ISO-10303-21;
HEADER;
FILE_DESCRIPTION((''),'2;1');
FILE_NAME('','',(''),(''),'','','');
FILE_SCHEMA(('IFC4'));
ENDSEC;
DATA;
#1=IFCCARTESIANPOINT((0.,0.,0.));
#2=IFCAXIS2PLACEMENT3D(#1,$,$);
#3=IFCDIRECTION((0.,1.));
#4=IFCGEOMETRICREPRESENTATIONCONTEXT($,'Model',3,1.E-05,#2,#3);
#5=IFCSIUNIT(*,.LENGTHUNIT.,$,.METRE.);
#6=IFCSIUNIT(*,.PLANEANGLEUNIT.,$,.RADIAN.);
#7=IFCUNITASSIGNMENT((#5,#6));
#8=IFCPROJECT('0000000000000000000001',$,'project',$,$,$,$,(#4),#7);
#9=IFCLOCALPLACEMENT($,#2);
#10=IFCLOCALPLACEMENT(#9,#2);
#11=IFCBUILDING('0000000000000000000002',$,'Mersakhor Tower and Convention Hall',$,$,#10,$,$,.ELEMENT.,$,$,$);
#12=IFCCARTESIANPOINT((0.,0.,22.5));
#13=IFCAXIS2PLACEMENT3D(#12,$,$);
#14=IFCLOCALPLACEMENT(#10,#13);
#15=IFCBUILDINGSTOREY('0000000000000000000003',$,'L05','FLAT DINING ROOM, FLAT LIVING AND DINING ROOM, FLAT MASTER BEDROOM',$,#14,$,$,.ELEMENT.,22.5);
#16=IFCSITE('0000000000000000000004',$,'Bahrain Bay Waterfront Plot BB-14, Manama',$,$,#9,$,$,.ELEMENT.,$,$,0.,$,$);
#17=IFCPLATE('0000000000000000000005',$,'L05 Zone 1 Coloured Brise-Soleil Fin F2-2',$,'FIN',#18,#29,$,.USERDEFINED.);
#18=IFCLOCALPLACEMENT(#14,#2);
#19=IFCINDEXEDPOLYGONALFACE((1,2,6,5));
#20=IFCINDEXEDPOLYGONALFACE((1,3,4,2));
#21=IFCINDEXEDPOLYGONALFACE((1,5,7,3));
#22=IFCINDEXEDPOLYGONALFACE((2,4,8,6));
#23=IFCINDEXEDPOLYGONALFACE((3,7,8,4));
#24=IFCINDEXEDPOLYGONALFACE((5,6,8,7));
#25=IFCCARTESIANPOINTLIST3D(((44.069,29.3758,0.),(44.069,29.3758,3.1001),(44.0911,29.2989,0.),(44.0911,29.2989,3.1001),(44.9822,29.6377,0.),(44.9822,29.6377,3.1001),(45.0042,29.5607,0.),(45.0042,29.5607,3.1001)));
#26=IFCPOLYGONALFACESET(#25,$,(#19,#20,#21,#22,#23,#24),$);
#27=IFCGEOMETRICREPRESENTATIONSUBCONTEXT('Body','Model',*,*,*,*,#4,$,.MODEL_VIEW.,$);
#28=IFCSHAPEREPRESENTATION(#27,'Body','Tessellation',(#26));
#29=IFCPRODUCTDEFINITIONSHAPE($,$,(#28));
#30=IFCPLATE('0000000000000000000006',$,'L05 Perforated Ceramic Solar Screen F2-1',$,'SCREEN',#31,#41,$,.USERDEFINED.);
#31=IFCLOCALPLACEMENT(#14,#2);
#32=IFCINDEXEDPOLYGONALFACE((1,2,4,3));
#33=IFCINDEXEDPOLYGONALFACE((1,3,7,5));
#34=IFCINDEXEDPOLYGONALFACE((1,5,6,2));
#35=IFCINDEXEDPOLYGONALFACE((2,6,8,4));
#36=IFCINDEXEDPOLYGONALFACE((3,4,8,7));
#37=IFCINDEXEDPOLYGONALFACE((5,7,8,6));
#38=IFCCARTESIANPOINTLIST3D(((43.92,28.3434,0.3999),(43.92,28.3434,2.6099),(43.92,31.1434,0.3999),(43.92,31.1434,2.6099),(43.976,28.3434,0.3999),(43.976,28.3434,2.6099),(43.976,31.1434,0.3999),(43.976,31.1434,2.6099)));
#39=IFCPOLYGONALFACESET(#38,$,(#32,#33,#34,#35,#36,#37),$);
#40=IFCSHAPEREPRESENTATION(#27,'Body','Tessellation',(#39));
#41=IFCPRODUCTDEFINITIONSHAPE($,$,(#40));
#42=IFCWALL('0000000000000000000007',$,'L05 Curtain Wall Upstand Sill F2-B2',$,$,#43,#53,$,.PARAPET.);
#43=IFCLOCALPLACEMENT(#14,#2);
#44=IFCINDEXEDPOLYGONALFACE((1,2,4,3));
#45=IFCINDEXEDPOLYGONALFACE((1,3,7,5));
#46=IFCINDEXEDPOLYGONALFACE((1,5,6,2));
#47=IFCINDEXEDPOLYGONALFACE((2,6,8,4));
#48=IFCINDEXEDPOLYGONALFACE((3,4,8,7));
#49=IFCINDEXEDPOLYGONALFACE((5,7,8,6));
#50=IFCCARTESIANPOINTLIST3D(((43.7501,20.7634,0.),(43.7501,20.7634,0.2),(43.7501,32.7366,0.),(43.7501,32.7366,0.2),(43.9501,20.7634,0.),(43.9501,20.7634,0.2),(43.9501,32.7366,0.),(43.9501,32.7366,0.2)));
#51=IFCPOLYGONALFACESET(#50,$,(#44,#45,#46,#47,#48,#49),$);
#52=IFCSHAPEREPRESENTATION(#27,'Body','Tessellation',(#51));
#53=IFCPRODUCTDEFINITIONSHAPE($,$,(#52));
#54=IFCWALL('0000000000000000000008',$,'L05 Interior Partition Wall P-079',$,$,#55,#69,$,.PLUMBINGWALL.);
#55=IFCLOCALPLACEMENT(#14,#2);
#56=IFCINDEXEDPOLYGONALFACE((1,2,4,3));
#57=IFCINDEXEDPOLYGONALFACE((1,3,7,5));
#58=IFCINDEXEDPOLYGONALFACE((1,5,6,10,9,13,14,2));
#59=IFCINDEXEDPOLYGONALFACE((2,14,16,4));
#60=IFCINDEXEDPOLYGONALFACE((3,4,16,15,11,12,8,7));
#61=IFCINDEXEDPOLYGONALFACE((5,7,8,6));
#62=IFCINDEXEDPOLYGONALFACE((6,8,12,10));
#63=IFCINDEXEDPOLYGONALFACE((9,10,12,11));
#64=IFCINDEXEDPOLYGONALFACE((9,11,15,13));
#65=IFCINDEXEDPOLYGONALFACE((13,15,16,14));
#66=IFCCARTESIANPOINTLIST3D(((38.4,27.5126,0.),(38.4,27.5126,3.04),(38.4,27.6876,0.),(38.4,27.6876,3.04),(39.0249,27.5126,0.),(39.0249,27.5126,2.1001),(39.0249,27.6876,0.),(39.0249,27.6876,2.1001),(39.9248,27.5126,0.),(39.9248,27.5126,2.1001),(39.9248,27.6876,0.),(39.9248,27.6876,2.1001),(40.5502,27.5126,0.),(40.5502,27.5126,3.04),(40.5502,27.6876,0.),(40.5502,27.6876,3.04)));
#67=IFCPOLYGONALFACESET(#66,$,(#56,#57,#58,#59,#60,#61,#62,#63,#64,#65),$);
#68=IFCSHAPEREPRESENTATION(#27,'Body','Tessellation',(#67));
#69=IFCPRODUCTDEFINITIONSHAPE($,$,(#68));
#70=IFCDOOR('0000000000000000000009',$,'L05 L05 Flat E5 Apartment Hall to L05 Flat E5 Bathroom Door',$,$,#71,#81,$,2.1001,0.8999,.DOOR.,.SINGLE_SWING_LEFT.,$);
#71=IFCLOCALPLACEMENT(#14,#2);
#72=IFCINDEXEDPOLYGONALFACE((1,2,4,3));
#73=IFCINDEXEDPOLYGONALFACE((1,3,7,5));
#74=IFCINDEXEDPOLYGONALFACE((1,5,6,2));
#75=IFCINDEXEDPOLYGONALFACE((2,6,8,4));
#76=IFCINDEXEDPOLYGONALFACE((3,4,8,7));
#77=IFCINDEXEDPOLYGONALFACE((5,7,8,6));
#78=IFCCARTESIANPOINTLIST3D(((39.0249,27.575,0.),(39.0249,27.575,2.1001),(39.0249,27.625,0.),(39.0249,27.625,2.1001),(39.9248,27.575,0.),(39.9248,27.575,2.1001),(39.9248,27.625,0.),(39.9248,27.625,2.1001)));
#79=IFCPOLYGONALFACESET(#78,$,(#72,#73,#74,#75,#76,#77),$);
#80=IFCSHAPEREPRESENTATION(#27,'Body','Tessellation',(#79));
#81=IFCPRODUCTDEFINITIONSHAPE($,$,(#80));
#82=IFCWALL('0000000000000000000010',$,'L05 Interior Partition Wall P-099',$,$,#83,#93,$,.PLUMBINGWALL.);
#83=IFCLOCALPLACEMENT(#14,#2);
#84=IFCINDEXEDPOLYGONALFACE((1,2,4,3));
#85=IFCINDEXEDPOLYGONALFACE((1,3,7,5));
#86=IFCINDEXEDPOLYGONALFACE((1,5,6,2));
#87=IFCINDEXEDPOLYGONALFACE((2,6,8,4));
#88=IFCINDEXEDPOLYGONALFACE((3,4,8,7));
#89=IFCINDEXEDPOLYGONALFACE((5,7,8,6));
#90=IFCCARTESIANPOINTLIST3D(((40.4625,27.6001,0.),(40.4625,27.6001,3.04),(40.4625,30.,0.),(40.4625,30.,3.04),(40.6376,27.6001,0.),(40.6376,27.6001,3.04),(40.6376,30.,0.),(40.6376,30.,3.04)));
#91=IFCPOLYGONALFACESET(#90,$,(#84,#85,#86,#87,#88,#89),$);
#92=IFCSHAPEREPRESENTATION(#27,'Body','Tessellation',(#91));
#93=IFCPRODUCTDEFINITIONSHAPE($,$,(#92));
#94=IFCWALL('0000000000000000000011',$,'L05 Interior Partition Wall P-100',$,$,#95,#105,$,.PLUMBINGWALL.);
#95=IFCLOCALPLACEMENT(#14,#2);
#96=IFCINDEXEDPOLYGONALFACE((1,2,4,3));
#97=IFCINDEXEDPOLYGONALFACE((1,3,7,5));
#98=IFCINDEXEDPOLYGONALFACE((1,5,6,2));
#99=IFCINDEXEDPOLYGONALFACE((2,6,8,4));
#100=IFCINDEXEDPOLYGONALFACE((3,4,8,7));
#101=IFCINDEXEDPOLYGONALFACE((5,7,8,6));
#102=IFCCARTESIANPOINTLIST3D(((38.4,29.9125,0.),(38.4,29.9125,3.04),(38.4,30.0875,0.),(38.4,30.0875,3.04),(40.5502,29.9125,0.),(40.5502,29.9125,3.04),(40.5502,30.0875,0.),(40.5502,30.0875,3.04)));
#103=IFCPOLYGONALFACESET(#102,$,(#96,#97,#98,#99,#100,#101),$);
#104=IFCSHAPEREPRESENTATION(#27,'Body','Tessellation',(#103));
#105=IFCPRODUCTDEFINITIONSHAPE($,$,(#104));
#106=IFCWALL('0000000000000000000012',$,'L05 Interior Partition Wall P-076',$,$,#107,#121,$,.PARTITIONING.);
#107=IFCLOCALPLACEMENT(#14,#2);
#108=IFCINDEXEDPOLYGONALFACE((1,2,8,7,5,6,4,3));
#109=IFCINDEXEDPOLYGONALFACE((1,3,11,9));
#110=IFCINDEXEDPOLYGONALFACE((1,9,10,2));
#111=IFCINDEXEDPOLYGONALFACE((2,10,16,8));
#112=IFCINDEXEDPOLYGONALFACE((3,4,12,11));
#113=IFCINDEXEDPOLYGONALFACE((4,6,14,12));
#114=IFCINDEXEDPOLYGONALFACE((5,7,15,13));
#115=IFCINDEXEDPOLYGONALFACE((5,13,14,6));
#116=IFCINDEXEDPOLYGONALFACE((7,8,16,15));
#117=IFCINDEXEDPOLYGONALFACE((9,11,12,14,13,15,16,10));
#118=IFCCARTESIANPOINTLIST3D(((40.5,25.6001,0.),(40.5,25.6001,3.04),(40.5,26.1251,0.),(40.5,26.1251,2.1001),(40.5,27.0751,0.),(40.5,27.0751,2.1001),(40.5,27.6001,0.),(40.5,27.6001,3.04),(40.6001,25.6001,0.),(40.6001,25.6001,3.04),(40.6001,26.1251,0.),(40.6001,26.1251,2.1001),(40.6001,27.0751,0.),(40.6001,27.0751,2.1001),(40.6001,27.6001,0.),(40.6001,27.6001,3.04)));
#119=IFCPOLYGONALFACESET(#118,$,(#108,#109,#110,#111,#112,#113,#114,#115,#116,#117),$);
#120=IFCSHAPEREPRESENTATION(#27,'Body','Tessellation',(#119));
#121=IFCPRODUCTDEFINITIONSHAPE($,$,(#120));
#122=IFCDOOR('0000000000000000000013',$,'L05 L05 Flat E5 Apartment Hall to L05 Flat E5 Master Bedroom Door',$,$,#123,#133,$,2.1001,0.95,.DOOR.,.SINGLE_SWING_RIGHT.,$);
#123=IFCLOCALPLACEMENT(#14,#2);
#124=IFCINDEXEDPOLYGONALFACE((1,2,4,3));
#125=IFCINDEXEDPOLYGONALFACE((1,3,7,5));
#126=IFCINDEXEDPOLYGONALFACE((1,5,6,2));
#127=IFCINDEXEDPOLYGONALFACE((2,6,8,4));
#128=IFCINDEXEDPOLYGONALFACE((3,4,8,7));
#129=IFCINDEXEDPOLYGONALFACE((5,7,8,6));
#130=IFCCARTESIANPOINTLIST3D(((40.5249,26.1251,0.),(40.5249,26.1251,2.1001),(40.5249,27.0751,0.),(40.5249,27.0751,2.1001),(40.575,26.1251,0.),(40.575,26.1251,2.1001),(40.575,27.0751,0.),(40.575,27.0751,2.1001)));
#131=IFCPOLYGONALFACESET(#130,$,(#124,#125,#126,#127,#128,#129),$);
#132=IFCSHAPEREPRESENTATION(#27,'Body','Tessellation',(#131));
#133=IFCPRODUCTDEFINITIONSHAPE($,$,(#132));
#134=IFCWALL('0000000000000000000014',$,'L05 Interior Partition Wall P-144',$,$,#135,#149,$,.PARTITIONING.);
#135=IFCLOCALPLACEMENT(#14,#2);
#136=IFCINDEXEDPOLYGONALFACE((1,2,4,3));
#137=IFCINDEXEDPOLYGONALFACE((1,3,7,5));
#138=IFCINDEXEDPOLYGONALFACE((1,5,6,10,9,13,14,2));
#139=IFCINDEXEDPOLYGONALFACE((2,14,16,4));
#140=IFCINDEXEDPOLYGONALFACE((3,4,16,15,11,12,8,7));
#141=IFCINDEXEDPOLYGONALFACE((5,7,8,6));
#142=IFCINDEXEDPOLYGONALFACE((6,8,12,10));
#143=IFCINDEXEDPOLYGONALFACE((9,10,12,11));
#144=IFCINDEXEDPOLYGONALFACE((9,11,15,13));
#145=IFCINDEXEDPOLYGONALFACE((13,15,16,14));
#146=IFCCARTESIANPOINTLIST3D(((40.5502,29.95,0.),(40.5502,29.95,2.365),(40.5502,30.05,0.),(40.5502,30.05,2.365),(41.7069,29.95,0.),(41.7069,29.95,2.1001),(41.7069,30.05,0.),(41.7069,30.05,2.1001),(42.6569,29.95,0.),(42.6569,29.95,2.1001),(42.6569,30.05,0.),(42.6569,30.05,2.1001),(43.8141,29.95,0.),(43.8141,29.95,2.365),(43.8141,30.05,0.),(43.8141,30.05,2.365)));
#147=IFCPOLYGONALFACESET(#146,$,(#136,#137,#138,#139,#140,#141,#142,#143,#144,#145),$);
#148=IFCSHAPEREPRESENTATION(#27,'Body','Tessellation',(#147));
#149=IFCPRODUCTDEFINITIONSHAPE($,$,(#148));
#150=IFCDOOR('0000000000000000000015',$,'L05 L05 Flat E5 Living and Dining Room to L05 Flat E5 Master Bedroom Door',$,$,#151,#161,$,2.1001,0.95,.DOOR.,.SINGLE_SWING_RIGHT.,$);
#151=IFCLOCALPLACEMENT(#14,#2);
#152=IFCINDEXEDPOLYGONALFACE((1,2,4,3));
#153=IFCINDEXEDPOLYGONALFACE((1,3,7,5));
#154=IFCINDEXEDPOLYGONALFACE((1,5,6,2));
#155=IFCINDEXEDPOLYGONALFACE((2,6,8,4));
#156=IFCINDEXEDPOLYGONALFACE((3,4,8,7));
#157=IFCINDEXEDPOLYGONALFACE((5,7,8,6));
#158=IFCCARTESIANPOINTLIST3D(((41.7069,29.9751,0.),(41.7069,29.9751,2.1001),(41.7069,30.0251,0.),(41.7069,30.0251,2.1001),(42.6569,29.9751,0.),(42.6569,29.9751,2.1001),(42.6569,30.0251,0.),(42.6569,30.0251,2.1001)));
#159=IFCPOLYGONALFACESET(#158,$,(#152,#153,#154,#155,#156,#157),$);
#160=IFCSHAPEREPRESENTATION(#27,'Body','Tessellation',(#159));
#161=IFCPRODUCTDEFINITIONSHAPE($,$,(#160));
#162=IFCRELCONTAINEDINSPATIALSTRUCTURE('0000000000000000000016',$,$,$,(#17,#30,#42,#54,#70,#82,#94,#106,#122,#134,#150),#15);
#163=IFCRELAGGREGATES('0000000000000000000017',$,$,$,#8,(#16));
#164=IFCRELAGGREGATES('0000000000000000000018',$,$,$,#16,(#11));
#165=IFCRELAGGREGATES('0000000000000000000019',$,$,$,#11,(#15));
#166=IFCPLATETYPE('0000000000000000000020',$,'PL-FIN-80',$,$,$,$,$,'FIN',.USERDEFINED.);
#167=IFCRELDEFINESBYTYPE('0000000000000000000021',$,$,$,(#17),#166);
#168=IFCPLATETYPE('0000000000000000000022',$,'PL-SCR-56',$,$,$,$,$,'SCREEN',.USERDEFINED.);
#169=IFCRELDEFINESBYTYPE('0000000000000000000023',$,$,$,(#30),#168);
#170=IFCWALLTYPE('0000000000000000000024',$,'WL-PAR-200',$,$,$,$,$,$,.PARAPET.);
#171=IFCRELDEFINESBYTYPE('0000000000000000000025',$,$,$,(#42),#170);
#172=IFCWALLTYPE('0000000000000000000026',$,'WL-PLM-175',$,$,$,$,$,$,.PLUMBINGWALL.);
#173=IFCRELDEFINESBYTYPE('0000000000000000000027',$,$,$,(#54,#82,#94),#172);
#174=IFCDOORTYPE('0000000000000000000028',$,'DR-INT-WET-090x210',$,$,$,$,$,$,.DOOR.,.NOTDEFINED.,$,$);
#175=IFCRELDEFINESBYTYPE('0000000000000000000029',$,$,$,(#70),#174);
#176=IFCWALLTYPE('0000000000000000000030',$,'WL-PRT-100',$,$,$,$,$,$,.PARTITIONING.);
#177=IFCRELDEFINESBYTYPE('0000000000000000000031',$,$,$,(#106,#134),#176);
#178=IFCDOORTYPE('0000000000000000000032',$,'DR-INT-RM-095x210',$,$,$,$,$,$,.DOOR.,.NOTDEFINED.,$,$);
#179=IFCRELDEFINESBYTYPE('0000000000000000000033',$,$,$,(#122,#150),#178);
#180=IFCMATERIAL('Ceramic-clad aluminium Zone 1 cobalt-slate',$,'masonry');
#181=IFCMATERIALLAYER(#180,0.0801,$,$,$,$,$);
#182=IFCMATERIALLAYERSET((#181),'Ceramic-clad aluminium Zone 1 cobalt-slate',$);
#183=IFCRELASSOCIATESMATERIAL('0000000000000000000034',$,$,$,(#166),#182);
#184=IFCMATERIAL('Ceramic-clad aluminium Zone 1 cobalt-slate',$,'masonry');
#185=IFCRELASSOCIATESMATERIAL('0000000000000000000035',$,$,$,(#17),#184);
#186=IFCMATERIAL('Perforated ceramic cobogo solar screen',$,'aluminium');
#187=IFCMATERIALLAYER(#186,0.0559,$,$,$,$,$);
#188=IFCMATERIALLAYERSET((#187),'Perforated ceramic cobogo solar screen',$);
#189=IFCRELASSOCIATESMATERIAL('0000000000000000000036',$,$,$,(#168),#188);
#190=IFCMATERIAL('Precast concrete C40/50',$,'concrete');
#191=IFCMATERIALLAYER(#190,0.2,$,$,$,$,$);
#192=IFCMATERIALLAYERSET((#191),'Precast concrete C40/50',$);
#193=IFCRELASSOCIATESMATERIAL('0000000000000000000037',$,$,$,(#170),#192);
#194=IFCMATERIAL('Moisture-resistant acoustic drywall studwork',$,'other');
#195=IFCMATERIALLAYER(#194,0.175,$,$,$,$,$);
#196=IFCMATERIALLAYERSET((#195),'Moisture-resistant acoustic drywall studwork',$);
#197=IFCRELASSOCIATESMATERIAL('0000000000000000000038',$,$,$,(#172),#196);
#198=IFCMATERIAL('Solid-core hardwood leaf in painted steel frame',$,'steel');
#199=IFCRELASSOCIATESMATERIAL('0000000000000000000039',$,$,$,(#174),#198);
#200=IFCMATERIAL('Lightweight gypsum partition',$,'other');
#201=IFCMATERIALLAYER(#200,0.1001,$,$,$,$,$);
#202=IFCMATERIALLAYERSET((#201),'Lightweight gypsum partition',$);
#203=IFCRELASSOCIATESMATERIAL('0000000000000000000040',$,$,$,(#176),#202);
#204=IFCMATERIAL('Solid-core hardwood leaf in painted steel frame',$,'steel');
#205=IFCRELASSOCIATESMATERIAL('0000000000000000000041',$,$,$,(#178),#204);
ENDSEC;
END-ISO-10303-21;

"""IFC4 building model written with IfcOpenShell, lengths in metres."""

from ifc_helpers import new_model, si_unit, direction, frame, frame_2d, origin, origin_2d, place, context, subcontext, project, spatial, rectangle, extrude, material, layer, layer_set, type_object, element, fill, save


model = new_model("IFC4")

# Units and contexts
model_context = context("Model", 3, precision=1e-05, world=origin(), true_north=direction((0.0, 1.0)))
body_context = subcontext(model_context, "Body", "Model", "MODEL_VIEW")
ifc_project = project(units=[si_unit("LENGTHUNIT", "METRE"), si_unit("PLANEANGLEUNIT", "RADIAN")], contexts=[model_context])

# Site, building, storey
site_placement = place(None, origin())
site = spatial("IfcSite", under=ifc_project, at=site_placement, Name="Bahrain Bay Waterfront Plot BB-14, Manama", CompositionType="ELEMENT", RefElevation=0.0)
building_placement = place(site_placement, origin())
building = spatial("IfcBuilding", under=site, at=building_placement, Name="Mersakhor Tower and Convention Hall", CompositionType="ELEMENT")
storey_placement = place(building_placement, frame((0.0, 0.0, 22.5)))
storey = spatial("IfcBuildingStorey", under=building, at=storey_placement, Name="L05", Description="FLAT DINING ROOM, FLAT LIVING AND DINING ROOM, FLAT MASTER BEDROOM", CompositionType="ELEMENT", Elevation=22.5)

# Plates
ifc_material_1 = material(Name="Ceramic-clad aluminium Zone 1 cobalt-slate", Category="masonry")
ifc_material_2 = material(Name="Ceramic-clad aluminium Zone 1 cobalt-slate", Category="masonry")
ifc_layer_1 = layer(ifc_material_2, 0.0801)
ifc_layer_set_1 = layer_set([ifc_layer_1], Name="Ceramic-clad aluminium Zone 1 cobalt-slate")
plate_type_1 = type_object("IfcPlateType", Name="PL-FIN-80", ElementType="FIN", PredefinedType="USERDEFINED", material=ifc_layer_set_1)
plate_1_placement = place(storey_placement, frame((44.5366, 29.4683, 0.0), z_axis=(0.0, 0.0, 1.0), x_axis=(0.961262, 0.275637, 0.0)))
element("IfcPlate", 1, at=plate_1_placement, inside=storey, type_object=plate_type_1, material=ifc_material_1, Name="L05 Zone 1 Coloured Brise-Soleil Fin F2-2", ObjectType="FIN", PredefinedType="USERDEFINED", context=body_context, shape_type="SweptSolid", body=[
    extrude(rectangle(XDim=0.95, YDim=0.0801, at=origin_2d()), origin(), (0.0, 0.0, 1.0), 3.1001),
])
ifc_material_3 = material(Name="Perforated ceramic cobogo solar screen", Category="aluminium")
ifc_layer_2 = layer(ifc_material_3, 0.0559)
ifc_layer_set_2 = layer_set([ifc_layer_2], Name="Perforated ceramic cobogo solar screen")
plate_type_2 = type_object("IfcPlateType", Name="PL-SCR-56", ElementType="SCREEN", PredefinedType="USERDEFINED", material=ifc_layer_set_2)
plate_2_placement = place(storey_placement, frame((43.948, 29.7434, 0.3999), z_axis=(0.0, 0.0, 1.0), x_axis=(0.0, -1.0, 0.0)))
element("IfcPlate", 2, at=plate_2_placement, inside=storey, type_object=plate_type_2, Name="L05 Perforated Ceramic Solar Screen F2-1", ObjectType="SCREEN", PredefinedType="USERDEFINED", context=body_context, shape_type="SweptSolid", body=[
    extrude(rectangle(XDim=2.8, YDim=0.0559, at=origin_2d()), origin(), (0.0, 0.0, 1.0), 2.21),
])

# Wall
ifc_material_4 = material(Name="Precast concrete C40/50", Category="concrete")
ifc_layer_3 = layer(ifc_material_4, 0.2)
ifc_layer_set_3 = layer_set([ifc_layer_3], Name="Precast concrete C40/50")
wall_type_1 = type_object("IfcWallType", Name="WL-PAR-200", PredefinedType="PARAPET", material=ifc_layer_set_3)
wall_1_placement = place(storey_placement, frame((43.8501, 32.7366, 0.0), z_axis=(0.0, 0.0, 1.0), x_axis=(0.0, -1.0, 0.0)))
element("IfcWall", 3, at=wall_1_placement, inside=storey, type_object=wall_type_1, Name="L05 Curtain Wall Upstand Sill F2-B2", PredefinedType="PARAPET", context=body_context, shape_type="SweptSolid", body=[
    extrude(rectangle(XDim=11.9731, YDim=0.2, at=frame_2d((5.9866, 0.0))), origin(), (0.0, 0.0, 1.0), 0.2),
])

# Wall, opening, door
ifc_material_5 = material(Name="Moisture-resistant acoustic drywall studwork", Category="other")
ifc_layer_4 = layer(ifc_material_5, 0.175)
ifc_layer_set_4 = layer_set([ifc_layer_4], Name="Moisture-resistant acoustic drywall studwork")
wall_type_2 = type_object("IfcWallType", Name="WL-PLM-175", PredefinedType="PLUMBINGWALL", material=ifc_layer_set_4)
wall_2_placement = place(storey_placement, frame((38.3999, 27.6001, 0.0), z_axis=(0.0, 0.0, 1.0), x_axis=(1.0, 0.0, 0.0)))
wall_2 = element("IfcWall", 4, at=wall_2_placement, inside=storey, type_object=wall_type_2, Name="L05 Interior Partition Wall P-079", PredefinedType="PLUMBINGWALL", context=body_context, shape_type="SweptSolid", body=[
    extrude(rectangle(XDim=2.1501, YDim=0.175, at=frame_2d((1.0752, 0.0))), origin(), (0.0, 0.0, 1.0), 3.04),
])
opening_1_placement = place(wall_2_placement, frame((0.625, 0.0, 0.0)))
opening_1 = element("IfcOpeningElement", 5, at=opening_1_placement, cuts=wall_2, PredefinedType="OPENING", context=body_context, shape_type="SweptSolid", body=[
    extrude(rectangle(XDim=0.8999, YDim=2.1001, at=frame_2d((0.45, 1.05))), frame((0.0, 0.0974, 0.0), z_axis=(0.0, -1.0, 0.0), x_axis=(1.0, 0.0, 0.0)), (0.0, 0.0, 1.0), 0.1951),
])
ifc_material_6 = material(Name="Solid-core hardwood leaf in painted steel frame", Category="steel")
door_type_1 = type_object("IfcDoorType", Name="DR-INT-WET-090x210", OperationType="NOTDEFINED", PredefinedType="DOOR", material=ifc_material_6)
door_1_placement = place(opening_1_placement, origin())
door_1 = element("IfcDoor", 6, at=door_1_placement, inside=storey, type_object=door_type_1, Name="L05 L05 Flat E5 Apartment Hall to L05 Flat E5 Bathroom Door", OperationType="SINGLE_SWING_LEFT", OverallHeight=2.1001, OverallWidth=0.8999, PredefinedType="DOOR", context=body_context, shape_type="SweptSolid", body=[
    extrude(rectangle(XDim=0.8999, YDim=2.1001, at=frame_2d((0.45, 1.05))), frame((0.0, 0.0249, 0.0), z_axis=(0.0, -1.0, 0.0), x_axis=(1.0, 0.0, 0.0)), (0.0, 0.0, 1.0), 0.05),
])
fill(opening_1, door_1)

# Walls
wall_3_placement = place(storey_placement, frame((40.55, 30.0, 0.0), z_axis=(0.0, 0.0, 1.0), x_axis=(0.0, -1.0, 0.0)))
element("IfcWall", 7, at=wall_3_placement, inside=storey, type_object=wall_type_2, Name="L05 Interior Partition Wall P-099", PredefinedType="PLUMBINGWALL", context=body_context, shape_type="SweptSolid", body=[
    extrude(rectangle(XDim=2.3999, YDim=0.175, at=frame_2d((1.2, 0.0))), origin(), (0.0, 0.0, 1.0), 3.04),
])
wall_4_placement = place(storey_placement, frame((38.3999, 30.0, 0.0), z_axis=(0.0, 0.0, 1.0), x_axis=(1.0, 0.0, 0.0)))
element("IfcWall", 8, at=wall_4_placement, inside=storey, type_object=wall_type_2, Name="L05 Interior Partition Wall P-100", PredefinedType="PLUMBINGWALL", context=body_context, shape_type="SweptSolid", body=[
    extrude(rectangle(XDim=2.1501, YDim=0.175, at=frame_2d((1.0752, 0.0))), origin(), (0.0, 0.0, 1.0), 3.04),
])

# Walls, openings, doors
ifc_material_7 = material(Name="Lightweight gypsum partition", Category="other")
ifc_layer_5 = layer(ifc_material_7, 0.1001)
ifc_layer_set_5 = layer_set([ifc_layer_5], Name="Lightweight gypsum partition")
wall_type_3 = type_object("IfcWallType", Name="WL-PRT-100", PredefinedType="PARTITIONING", material=ifc_layer_set_5)
wall_5_placement = place(storey_placement, frame((40.55, 27.6001, 0.0), z_axis=(0.0, 0.0, 1.0), x_axis=(0.0, -1.0, 0.0)))
wall_5 = element("IfcWall", 9, at=wall_5_placement, inside=storey, type_object=wall_type_3, Name="L05 Interior Partition Wall P-076", PredefinedType="PARTITIONING", context=body_context, shape_type="SweptSolid", body=[
    extrude(rectangle(XDim=2.0, YDim=0.1001, at=frame_2d((1.0, 0.0))), origin(), (0.0, 0.0, 1.0), 3.04),
])
opening_2_placement = place(wall_5_placement, frame((0.5249, 0.0, 0.0)))
opening_2 = element("IfcOpeningElement", 10, at=opening_2_placement, cuts=wall_5, PredefinedType="OPENING", context=body_context, shape_type="SweptSolid", body=[
    extrude(rectangle(XDim=0.95, YDim=2.1001, at=frame_2d((0.4751, 1.05))), frame((0.0, 0.0601, 0.0), z_axis=(0.0, -1.0, 0.0), x_axis=(1.0, 0.0, 0.0)), (0.0, 0.0, 1.0), 0.1201),
])
ifc_material_8 = material(Name="Solid-core hardwood leaf in painted steel frame", Category="steel")
door_type_2 = type_object("IfcDoorType", Name="DR-INT-RM-095x210", OperationType="NOTDEFINED", PredefinedType="DOOR", material=ifc_material_8)
door_2_placement = place(opening_2_placement, origin())
door_2 = element("IfcDoor", 11, at=door_2_placement, inside=storey, type_object=door_type_2, Name="L05 L05 Flat E5 Apartment Hall to L05 Flat E5 Master Bedroom Door", OperationType="SINGLE_SWING_RIGHT", OverallHeight=2.1001, OverallWidth=0.95, PredefinedType="DOOR", context=body_context, shape_type="SweptSolid", body=[
    extrude(rectangle(XDim=0.95, YDim=2.1001, at=frame_2d((0.4751, 1.05))), frame((0.0, 0.0249, 0.0), z_axis=(0.0, -1.0, 0.0), x_axis=(1.0, 0.0, 0.0)), (0.0, 0.0, 1.0), 0.05),
])
fill(opening_2, door_2)
wall_6_placement = place(storey_placement, frame((43.814, 30.0, 0.0), z_axis=(0.0, 0.0, 1.0), x_axis=(-1.0, 0.0, 0.0)))
wall_6 = element("IfcWall", 12, at=wall_6_placement, inside=storey, type_object=wall_type_3, Name="L05 Interior Partition Wall P-144", PredefinedType="PARTITIONING", context=body_context, shape_type="SweptSolid", body=[
    extrude(rectangle(XDim=3.2639, YDim=0.1001, at=frame_2d((1.6318, 0.0))), origin(), (0.0, 0.0, 1.0), 2.365),
])
opening_3_placement = place(wall_6_placement, frame((1.157, 0.0, 0.0)))
opening_3 = element("IfcOpeningElement", 13, at=opening_3_placement, cuts=wall_6, PredefinedType="OPENING", context=body_context, shape_type="SweptSolid", body=[
    extrude(rectangle(XDim=0.95, YDim=2.1001, at=frame_2d((0.4751, 1.05))), frame((0.0, 0.0601, 0.0), z_axis=(0.0, -1.0, 0.0), x_axis=(1.0, 0.0, 0.0)), (0.0, 0.0, 1.0), 0.1201),
])
door_3_placement = place(opening_3_placement, origin())
door_3 = element("IfcDoor", 14, at=door_3_placement, inside=storey, type_object=door_type_2, Name="L05 L05 Flat E5 Living and Dining Room to L05 Flat E5 Master Bedroom Door", OperationType="SINGLE_SWING_RIGHT", OverallHeight=2.1001, OverallWidth=0.95, PredefinedType="DOOR", context=body_context, shape_type="SweptSolid", body=[
    extrude(rectangle(XDim=0.95, YDim=2.1001, at=frame_2d((0.4751, 1.05))), frame((0.0, 0.0249, 0.0), z_axis=(0.0, -1.0, 0.0), x_axis=(1.0, 0.0, 0.0)), (0.0, 0.0, 1.0), 0.05),
])
fill(opening_3, door_3)

save(model, "model.ifc")
